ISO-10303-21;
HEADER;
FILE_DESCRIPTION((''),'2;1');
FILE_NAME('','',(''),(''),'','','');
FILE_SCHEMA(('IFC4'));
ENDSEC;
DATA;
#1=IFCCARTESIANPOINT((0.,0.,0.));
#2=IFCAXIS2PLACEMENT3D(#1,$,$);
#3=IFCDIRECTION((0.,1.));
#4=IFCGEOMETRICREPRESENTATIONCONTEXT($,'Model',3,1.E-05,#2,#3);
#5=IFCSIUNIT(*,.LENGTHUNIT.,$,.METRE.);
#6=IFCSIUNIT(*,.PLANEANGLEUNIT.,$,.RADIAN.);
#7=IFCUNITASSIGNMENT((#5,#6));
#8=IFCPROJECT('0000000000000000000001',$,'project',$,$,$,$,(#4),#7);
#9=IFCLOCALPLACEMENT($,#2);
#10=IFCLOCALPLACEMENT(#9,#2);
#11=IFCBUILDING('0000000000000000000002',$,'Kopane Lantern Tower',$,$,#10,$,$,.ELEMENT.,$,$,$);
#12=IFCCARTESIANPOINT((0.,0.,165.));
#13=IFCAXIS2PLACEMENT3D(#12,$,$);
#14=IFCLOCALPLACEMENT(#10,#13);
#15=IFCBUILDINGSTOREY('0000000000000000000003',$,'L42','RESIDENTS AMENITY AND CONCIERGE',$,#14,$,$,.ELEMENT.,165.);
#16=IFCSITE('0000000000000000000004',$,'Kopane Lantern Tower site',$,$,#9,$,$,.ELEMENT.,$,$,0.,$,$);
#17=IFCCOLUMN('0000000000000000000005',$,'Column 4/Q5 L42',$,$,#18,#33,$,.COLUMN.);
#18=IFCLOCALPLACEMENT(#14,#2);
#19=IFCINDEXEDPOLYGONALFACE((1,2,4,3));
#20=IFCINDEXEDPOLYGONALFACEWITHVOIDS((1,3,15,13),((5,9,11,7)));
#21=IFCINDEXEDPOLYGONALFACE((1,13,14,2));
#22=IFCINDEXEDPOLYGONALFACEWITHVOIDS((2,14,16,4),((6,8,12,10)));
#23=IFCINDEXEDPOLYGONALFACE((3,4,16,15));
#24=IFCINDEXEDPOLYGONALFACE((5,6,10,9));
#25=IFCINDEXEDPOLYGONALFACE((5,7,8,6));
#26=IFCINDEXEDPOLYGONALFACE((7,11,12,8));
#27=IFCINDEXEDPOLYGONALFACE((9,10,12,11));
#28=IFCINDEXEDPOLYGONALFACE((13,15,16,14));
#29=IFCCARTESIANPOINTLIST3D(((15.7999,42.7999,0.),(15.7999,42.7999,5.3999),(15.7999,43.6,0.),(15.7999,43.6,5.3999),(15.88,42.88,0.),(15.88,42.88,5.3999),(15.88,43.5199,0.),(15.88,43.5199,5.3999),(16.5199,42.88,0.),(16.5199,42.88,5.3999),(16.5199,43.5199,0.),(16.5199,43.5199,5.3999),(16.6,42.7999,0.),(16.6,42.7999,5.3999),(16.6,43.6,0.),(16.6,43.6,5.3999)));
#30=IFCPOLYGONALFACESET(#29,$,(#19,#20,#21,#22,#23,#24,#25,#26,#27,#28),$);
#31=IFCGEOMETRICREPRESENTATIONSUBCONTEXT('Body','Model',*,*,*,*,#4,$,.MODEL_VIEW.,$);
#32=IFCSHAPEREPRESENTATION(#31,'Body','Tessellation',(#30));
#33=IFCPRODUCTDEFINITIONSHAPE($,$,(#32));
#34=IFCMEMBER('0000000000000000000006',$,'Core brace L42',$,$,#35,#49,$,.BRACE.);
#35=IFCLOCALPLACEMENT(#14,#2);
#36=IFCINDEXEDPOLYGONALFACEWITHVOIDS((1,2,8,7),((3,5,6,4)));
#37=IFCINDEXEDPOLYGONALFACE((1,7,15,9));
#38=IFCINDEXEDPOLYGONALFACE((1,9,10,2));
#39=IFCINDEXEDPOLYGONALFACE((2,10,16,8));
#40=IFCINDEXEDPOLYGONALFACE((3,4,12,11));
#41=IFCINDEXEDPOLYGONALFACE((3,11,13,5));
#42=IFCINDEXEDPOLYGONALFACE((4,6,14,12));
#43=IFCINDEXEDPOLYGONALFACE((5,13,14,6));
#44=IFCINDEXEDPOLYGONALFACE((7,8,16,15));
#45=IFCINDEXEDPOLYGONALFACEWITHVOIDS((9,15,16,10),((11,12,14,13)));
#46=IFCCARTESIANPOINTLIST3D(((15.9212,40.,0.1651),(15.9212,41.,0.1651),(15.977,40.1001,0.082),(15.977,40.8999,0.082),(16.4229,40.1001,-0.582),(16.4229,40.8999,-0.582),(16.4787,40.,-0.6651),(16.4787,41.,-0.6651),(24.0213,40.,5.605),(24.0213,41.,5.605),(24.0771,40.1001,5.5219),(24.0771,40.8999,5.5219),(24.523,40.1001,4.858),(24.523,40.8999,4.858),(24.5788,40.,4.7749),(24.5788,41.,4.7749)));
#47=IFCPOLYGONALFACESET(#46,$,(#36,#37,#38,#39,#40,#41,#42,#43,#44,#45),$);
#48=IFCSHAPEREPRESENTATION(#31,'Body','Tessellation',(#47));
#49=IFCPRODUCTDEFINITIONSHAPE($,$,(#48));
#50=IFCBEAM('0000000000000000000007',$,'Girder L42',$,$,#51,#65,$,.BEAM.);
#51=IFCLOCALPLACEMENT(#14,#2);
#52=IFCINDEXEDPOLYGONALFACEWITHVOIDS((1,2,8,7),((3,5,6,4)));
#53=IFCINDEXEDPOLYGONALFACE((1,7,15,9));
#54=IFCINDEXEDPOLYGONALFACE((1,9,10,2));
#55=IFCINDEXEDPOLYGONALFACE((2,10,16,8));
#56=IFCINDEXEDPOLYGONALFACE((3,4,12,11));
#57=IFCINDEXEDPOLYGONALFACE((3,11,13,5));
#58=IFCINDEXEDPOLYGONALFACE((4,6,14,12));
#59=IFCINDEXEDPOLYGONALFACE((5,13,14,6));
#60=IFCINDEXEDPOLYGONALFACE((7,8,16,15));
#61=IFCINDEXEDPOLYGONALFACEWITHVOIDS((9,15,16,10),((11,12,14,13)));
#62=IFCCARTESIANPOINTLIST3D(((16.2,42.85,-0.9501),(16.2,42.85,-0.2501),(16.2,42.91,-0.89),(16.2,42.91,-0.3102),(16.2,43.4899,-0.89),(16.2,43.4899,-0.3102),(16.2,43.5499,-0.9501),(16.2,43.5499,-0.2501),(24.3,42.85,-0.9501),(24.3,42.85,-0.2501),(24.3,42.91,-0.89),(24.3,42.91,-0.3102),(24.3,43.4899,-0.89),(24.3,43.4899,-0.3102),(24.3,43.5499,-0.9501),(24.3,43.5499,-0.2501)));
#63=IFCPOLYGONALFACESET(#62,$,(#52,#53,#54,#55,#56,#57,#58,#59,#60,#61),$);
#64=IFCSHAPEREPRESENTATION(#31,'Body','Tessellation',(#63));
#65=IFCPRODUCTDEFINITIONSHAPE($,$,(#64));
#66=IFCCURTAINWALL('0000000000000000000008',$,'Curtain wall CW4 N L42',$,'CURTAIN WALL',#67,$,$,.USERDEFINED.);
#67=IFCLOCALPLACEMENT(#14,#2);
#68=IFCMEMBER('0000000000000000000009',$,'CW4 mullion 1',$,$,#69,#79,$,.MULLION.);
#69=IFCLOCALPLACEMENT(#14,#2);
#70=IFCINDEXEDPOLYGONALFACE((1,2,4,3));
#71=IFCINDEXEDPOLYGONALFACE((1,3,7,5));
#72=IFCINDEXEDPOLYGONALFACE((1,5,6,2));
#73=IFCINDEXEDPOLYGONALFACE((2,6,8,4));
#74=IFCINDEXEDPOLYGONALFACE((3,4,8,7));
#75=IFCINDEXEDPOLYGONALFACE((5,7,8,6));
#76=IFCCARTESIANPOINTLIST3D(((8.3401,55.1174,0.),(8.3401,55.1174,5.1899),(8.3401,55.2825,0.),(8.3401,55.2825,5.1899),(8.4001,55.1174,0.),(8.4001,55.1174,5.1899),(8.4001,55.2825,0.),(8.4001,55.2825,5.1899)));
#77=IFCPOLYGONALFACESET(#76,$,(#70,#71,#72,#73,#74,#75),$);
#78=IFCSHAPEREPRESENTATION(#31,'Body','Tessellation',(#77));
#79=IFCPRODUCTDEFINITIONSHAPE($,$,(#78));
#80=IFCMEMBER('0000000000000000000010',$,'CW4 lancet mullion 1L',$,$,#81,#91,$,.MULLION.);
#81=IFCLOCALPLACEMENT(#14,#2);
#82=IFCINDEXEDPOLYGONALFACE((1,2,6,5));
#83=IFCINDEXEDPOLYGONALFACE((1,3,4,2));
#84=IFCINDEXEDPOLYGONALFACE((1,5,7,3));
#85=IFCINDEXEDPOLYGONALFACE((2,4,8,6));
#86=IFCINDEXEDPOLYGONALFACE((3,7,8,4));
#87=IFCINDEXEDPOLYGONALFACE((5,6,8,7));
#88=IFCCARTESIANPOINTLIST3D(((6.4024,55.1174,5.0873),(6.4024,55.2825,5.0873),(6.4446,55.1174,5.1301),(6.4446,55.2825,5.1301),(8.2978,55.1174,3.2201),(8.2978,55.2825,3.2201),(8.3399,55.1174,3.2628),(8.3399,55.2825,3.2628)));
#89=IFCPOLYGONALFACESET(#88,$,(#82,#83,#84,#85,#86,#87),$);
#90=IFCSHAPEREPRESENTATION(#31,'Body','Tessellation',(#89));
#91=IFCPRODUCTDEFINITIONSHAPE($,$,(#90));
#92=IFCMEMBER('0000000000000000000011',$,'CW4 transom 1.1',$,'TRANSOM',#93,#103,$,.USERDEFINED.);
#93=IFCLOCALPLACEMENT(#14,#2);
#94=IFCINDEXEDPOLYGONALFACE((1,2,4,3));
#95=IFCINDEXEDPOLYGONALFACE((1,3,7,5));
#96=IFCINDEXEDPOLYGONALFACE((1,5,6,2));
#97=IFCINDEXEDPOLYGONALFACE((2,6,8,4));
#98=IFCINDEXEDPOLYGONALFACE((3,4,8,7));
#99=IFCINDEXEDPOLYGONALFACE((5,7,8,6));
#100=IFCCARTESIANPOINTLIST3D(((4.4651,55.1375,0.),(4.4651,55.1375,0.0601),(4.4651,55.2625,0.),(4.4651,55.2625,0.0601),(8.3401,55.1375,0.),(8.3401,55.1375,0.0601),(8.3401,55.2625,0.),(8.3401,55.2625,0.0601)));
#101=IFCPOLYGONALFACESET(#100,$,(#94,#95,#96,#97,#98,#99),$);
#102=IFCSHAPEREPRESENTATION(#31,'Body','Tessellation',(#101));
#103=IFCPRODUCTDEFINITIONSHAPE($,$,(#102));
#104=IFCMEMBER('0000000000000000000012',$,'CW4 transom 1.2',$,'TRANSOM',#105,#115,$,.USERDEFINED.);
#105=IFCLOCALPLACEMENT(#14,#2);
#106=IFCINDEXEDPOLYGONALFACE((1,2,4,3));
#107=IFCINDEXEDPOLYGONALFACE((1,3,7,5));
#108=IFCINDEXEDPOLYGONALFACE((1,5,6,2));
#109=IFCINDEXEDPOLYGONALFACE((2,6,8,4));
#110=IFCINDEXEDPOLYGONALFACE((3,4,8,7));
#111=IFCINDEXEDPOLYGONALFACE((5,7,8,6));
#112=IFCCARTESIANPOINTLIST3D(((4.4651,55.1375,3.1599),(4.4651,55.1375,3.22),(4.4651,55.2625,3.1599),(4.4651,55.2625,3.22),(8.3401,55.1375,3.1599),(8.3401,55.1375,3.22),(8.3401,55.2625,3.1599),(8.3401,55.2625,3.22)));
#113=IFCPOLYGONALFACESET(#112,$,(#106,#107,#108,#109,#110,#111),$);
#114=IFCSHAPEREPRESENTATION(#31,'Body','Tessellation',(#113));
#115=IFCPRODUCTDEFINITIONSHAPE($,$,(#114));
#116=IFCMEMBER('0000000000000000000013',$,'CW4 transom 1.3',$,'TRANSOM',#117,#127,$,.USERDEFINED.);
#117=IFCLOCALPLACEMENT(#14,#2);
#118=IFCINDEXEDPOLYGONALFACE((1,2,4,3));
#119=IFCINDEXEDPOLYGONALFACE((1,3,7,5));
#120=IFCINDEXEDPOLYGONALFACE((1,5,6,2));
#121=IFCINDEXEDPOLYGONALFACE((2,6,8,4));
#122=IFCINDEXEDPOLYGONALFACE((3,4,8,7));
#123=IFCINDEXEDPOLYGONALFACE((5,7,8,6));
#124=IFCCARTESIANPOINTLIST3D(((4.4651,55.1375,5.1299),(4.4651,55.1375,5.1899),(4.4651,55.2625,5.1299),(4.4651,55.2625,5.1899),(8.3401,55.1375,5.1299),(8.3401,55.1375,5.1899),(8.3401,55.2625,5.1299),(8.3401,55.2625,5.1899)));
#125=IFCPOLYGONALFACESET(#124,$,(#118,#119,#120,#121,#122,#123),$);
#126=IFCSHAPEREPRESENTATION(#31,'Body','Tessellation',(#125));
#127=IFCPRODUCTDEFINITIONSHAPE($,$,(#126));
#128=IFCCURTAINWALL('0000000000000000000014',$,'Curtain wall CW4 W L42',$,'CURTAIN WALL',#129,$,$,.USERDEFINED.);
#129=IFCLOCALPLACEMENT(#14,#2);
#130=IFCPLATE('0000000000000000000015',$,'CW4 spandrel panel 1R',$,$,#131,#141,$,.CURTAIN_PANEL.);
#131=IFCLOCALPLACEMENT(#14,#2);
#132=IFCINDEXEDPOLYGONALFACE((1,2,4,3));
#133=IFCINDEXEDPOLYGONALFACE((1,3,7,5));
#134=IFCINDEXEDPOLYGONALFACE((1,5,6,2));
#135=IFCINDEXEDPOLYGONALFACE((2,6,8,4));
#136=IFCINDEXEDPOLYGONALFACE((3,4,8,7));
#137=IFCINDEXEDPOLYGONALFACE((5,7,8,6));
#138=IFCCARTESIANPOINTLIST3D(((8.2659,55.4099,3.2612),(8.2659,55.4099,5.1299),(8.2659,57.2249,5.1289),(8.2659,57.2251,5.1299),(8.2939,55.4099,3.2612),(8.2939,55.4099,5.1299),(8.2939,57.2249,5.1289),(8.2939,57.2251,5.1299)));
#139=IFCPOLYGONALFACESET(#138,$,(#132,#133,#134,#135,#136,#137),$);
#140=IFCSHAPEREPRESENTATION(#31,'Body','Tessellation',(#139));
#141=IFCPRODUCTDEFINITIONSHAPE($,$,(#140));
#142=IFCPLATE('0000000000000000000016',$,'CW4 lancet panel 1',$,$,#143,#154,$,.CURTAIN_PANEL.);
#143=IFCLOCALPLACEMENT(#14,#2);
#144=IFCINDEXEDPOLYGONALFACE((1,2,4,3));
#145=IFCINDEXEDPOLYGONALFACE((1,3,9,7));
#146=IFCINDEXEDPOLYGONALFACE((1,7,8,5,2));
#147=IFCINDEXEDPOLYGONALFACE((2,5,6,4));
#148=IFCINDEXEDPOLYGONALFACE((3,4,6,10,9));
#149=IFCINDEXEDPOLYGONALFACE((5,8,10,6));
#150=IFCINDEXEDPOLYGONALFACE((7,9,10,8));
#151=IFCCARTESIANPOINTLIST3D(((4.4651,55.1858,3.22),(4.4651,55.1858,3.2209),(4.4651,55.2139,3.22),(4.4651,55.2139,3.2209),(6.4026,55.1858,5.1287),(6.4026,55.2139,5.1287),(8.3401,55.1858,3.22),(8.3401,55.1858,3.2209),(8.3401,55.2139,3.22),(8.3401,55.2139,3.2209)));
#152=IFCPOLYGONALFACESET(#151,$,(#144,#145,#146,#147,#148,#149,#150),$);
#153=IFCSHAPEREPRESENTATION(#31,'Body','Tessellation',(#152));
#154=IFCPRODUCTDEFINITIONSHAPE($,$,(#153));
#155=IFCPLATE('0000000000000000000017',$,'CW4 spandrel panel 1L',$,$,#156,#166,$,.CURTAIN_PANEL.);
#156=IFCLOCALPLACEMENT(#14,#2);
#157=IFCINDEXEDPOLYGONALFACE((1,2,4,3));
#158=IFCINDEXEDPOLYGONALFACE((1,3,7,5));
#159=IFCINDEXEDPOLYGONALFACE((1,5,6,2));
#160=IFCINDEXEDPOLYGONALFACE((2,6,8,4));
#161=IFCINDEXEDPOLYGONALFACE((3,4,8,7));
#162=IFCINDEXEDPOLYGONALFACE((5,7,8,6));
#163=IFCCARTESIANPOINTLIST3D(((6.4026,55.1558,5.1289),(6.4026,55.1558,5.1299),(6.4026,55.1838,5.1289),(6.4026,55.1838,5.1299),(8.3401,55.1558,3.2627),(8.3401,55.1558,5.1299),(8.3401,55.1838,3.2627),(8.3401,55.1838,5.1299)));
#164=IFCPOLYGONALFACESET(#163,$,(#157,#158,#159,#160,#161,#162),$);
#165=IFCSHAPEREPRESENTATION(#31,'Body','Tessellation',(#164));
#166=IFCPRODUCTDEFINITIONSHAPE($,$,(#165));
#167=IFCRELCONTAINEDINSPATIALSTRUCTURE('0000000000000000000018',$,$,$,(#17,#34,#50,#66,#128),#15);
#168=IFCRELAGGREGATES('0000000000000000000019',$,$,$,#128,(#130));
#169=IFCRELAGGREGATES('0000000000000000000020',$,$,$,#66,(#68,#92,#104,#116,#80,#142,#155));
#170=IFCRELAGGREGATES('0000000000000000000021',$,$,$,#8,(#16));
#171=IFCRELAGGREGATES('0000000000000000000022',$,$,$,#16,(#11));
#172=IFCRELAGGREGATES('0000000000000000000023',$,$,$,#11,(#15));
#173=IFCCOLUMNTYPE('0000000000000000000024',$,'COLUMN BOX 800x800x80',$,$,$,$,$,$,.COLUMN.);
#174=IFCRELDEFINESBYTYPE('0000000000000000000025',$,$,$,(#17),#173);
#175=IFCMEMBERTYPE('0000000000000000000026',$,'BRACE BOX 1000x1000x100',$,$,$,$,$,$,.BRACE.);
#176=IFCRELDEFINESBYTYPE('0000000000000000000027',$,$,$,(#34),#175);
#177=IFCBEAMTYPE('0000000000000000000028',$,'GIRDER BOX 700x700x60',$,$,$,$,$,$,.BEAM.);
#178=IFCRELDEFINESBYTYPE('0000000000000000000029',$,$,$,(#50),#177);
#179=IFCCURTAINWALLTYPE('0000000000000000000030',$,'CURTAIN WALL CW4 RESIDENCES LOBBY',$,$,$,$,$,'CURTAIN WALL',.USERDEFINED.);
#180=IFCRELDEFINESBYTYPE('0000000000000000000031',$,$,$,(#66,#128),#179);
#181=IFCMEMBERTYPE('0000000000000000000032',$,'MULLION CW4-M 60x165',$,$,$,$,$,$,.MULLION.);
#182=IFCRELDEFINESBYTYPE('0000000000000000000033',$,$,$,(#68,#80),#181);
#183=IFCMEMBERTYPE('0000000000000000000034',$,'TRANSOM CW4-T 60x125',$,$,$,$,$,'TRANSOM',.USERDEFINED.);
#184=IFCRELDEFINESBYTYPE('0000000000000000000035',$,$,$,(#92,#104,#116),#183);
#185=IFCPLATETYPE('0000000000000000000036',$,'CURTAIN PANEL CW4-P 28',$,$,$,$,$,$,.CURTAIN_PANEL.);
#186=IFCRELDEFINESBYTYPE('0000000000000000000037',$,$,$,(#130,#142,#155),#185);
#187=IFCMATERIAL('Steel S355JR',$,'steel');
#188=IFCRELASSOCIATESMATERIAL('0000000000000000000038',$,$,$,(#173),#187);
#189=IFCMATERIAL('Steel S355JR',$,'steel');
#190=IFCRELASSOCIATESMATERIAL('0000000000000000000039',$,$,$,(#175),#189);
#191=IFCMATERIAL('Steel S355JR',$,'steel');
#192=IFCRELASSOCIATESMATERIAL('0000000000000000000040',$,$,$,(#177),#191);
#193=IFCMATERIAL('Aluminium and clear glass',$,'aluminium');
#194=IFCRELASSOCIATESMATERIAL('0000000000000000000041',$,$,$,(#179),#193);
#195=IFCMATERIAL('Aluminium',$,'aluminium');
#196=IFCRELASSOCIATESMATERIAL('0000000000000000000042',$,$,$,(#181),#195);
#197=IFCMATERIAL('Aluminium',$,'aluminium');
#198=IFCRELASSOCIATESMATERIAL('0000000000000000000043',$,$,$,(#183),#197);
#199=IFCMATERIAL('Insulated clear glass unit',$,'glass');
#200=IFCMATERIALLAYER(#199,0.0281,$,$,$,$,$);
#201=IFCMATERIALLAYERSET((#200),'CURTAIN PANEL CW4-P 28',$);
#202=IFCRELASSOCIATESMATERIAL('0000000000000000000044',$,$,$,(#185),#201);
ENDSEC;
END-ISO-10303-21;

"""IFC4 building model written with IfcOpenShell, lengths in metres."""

from ifc_helpers import new_model, si_unit, direction, frame, origin, origin_2d, place, context, subcontext, project, spatial, polyline, rectangle, hollow_rectangle, outline, extrude, material, layer, layer_set, material_profile, profile_set, type_object, element, aggregate, save


model = new_model("IFC4")

# Units and contexts
model_context = context("Model", 3, precision=1e-05, world=origin(), true_north=direction((0.0, 1.0)))
body_context = subcontext(model_context, "Body", "Model", "MODEL_VIEW")
ifc_project = project(units=[si_unit("LENGTHUNIT", "METRE"), si_unit("PLANEANGLEUNIT", "RADIAN")], contexts=[model_context])

# Site, building, storey
site_placement = place(None, origin())
site = spatial("IfcSite", under=ifc_project, at=site_placement, Name="Kopane Lantern Tower site", CompositionType="ELEMENT", RefElevation=0.0)
building_placement = place(site_placement, origin())
building = spatial("IfcBuilding", under=site, at=building_placement, Name="Kopane Lantern Tower", CompositionType="ELEMENT")
storey_placement = place(building_placement, frame((0.0, 0.0, 165.0)))
storey = spatial("IfcBuildingStorey", under=building, at=storey_placement, Name="L42", Description="RESIDENTS AMENITY AND CONCIERGE", CompositionType="ELEMENT", Elevation=165.0)

# Column
ifc_material_1 = material(Name="Steel S355JR", Category="steel")
ifc_material_profile_1 = material_profile(ifc_material_1, hollow_rectangle(XDim=0.8, YDim=0.8, WallThickness=0.0801, at=origin_2d()), Name="BOX 800x800x80")
ifc_profile_set_1 = profile_set([ifc_material_profile_1], Name="Steel S355JR")
column_type = type_object("IfcColumnType", Name="COLUMN BOX 800x800x80", PredefinedType="COLUMN", material=ifc_profile_set_1)
column_placement = place(storey_placement, frame((16.2, 43.2, 0.0), z_axis=(0.0, 0.0, 1.0), x_axis=(1.0, 0.0, 0.0)))
element("IfcColumn", 1, at=column_placement, inside=storey, type_object=column_type, Name="Column 4/Q5 L42", PredefinedType="COLUMN", context=body_context, shape_type="SweptSolid", body=[
    extrude(hollow_rectangle(XDim=0.8, YDim=0.8, WallThickness=0.0801, at=origin_2d()), origin(), (0.0, 0.0, 1.0), 5.3999),
])

# Member
ifc_material_2 = material(Name="Steel S355JR", Category="steel")
ifc_material_profile_2 = material_profile(ifc_material_2, hollow_rectangle(XDim=1.0, YDim=1.0, WallThickness=0.1001, at=origin_2d()), Name="BOX 1000x1000x100")
ifc_profile_set_2 = profile_set([ifc_material_profile_2], Name="Steel S355JR")
member_type_1 = type_object("IfcMemberType", Name="BRACE BOX 1000x1000x100", PredefinedType="BRACE", material=ifc_profile_set_2)
member_1_placement = place(storey_placement, frame((16.2, 40.5, -0.25), z_axis=(0.830159, 0.0, 0.557526), x_axis=(0.0, 1.0, 0.0)))
element("IfcMember", 2, at=member_1_placement, inside=storey, type_object=member_type_1, Name="Core brace L42", PredefinedType="BRACE", context=body_context, shape_type="SweptSolid", body=[
    extrude(hollow_rectangle(XDim=1.0, YDim=1.0, WallThickness=0.1001, at=origin_2d()), origin(), (0.0, 0.0, 1.0), 9.7573),
])

# Beam
ifc_material_3 = material(Name="Steel S355JR", Category="steel")
ifc_material_profile_3 = material_profile(ifc_material_3, hollow_rectangle(XDim=0.7, YDim=0.7, WallThickness=0.0601, at=origin_2d()), Name="BOX 700x700x60")
ifc_profile_set_3 = profile_set([ifc_material_profile_3], Name="Steel S355JR")
beam_type = type_object("IfcBeamType", Name="GIRDER BOX 700x700x60", PredefinedType="BEAM", material=ifc_profile_set_3)
beam_placement = place(storey_placement, frame((16.2, 43.2, -0.6001), z_axis=(1.0, 0.0, 0.0), x_axis=(0.0, 1.0, 0.0)))
element("IfcBeam", 3, at=beam_placement, inside=storey, type_object=beam_type, Name="Girder L42", PredefinedType="BEAM", context=body_context, shape_type="SweptSolid", body=[
    extrude(hollow_rectangle(XDim=0.7, YDim=0.7, WallThickness=0.0601, at=origin_2d()), origin(), (0.0, 0.0, 1.0), 8.1001),
])

# Curtain wall, members
ifc_material_4 = material(Name="Aluminium and clear glass", Category="aluminium")
curtain_wall_type = type_object("IfcCurtainWallType", Name="CURTAIN WALL CW4 RESIDENCES LOBBY", ElementType="CURTAIN WALL", PredefinedType="USERDEFINED", material=ifc_material_4)
curtain_wall_1_placement = place(storey_placement, origin())
curtain_wall_1 = element("IfcCurtainWall", 4, at=curtain_wall_1_placement, inside=storey, type_object=curtain_wall_type, Name="Curtain wall CW4 N L42", ObjectType="CURTAIN WALL", PredefinedType="USERDEFINED")
ifc_material_5 = material(Name="Aluminium", Category="aluminium")
ifc_material_profile_4 = material_profile(ifc_material_5, rectangle(XDim=0.0601, YDim=0.165, at=origin_2d()), Name="AL 60x165")
ifc_profile_set_4 = profile_set([ifc_material_profile_4], Name="Aluminium")
member_type_2 = type_object("IfcMemberType", Name="MULLION CW4-M 60x165", PredefinedType="MULLION", material=ifc_profile_set_4)
member_2_placement = place(storey_placement, frame((8.3701, 55.2, 0.0), z_axis=(0.0, 0.0, 1.0), x_axis=(-1.0, 0.0, 0.0)))
member_2 = element("IfcMember", 5, at=member_2_placement, type_object=member_type_2, Name="CW4 mullion 1", PredefinedType="MULLION", context=body_context, shape_type="SweptSolid", body=[
    extrude(rectangle(XDim=0.0601, YDim=0.165, at=origin_2d()), origin(), (0.0, 0.0, 1.0), 5.1899),
])
member_3_placement = place(storey_placement, frame((8.3188, 55.2, 3.2415), z_axis=(-0.712364, 0.0, 0.701811), x_axis=(0.701811, 0.0, 0.712364)))
member_3 = element("IfcMember", 6, at=member_3_placement, type_object=member_type_2, Name="CW4 lancet mullion 1L", PredefinedType="MULLION", context=body_context, shape_type="SweptSolid", body=[
    extrude(rectangle(XDim=0.0601, YDim=0.165, at=origin_2d()), origin(), (0.0, 0.0, 1.0), 2.6606),
])
ifc_material_6 = material(Name="Aluminium", Category="aluminium")
ifc_material_profile_5 = material_profile(ifc_material_6, rectangle(XDim=0.125, YDim=0.0601, at=origin_2d()), Name="AL 125x60")
ifc_profile_set_5 = profile_set([ifc_material_profile_5], Name="Aluminium")
member_type_3 = type_object("IfcMemberType", Name="TRANSOM CW4-T 60x125", ElementType="TRANSOM", PredefinedType="USERDEFINED", material=ifc_profile_set_5)
member_4_placement = place(storey_placement, frame((8.3401, 55.2, 0.03), z_axis=(-1.0, 0.0, 0.0), x_axis=(0.0, -1.0, 0.0)))
member_4 = element("IfcMember", 7, at=member_4_placement, type_object=member_type_3, Name="CW4 transom 1.1", ObjectType="TRANSOM", PredefinedType="USERDEFINED", context=body_context, shape_type="SweptSolid", body=[
    extrude(rectangle(XDim=0.125, YDim=0.0601, at=origin_2d()), origin(), (0.0, 0.0, 1.0), 3.875),
])
member_5_placement = place(storey_placement, frame((8.3401, 55.2, 3.1899), z_axis=(-1.0, 0.0, 0.0), x_axis=(0.0, -1.0, 0.0)))
member_5 = element("IfcMember", 8, at=member_5_placement, type_object=member_type_3, Name="CW4 transom 1.2", ObjectType="TRANSOM", PredefinedType="USERDEFINED", context=body_context, shape_type="SweptSolid", body=[
    extrude(rectangle(XDim=0.125, YDim=0.0601, at=origin_2d()), origin(), (0.0, 0.0, 1.0), 3.875),
])
member_6_placement = place(storey_placement, frame((8.3401, 55.2, 5.1599), z_axis=(-1.0, 0.0, 0.0), x_axis=(0.0, -1.0, 0.0)))
member_6 = element("IfcMember", 9, at=member_6_placement, type_object=member_type_3, Name="CW4 transom 1.3", ObjectType="TRANSOM", PredefinedType="USERDEFINED", context=body_context, shape_type="SweptSolid", body=[
    extrude(rectangle(XDim=0.125, YDim=0.0601, at=origin_2d()), origin(), (0.0, 0.0, 1.0), 3.875),
])

# Curtain wall, plate
curtain_wall_2_placement = place(storey_placement, origin())
curtain_wall_2 = element("IfcCurtainWall", 10, at=curtain_wall_2_placement, inside=storey, type_object=curtain_wall_type, Name="Curtain wall CW4 W L42", ObjectType="CURTAIN WALL", PredefinedType="USERDEFINED")
ifc_material_7 = material(Name="Insulated clear glass unit", Category="glass")
ifc_layer_1 = layer(ifc_material_7, 0.0281)
ifc_layer_set_1 = layer_set([ifc_layer_1], Name="CURTAIN PANEL CW4-P 28")
plate_type = type_object("IfcPlateType", Name="CURTAIN PANEL CW4-P 28", PredefinedType="CURTAIN_PANEL", material=ifc_layer_set_1)
plate_1_placement = place(storey_placement, frame((8.28, 55.4099, 5.1299), z_axis=(0.0, 0.0, 1.0), x_axis=(0.0, 1.0, 0.0)))
plate_1 = element("IfcPlate", 11, at=plate_1_placement, type_object=plate_type, Name="CW4 spandrel panel 1R", PredefinedType="CURTAIN_PANEL", context=body_context, shape_type="SweptSolid", body=[
    extrude(outline(polyline([(0.0, 0.0), (1.8152, 0.0), (1.8149, -0.001), (0.0, -1.8687), (0.0, 0.0)])), frame((0.0, 0.0142, 0.0), z_axis=(0.0, -1.0, 0.0), x_axis=(1.0, 0.0, 0.0)), (0.0, 0.0, 1.0), 0.0281),
])
aggregate(curtain_wall_2, [plate_1])

# Plates
plate_2_placement = place(storey_placement, frame((8.3401, 55.2, 3.22), z_axis=(0.0, 0.0, 1.0), x_axis=(-1.0, 0.0, 0.0)))
plate_2 = element("IfcPlate", 12, at=plate_2_placement, type_object=plate_type, Name="CW4 lancet panel 1", PredefinedType="CURTAIN_PANEL", context=body_context, shape_type="SweptSolid", body=[
    extrude(outline(polyline([(0.0, 0.0), (3.875, 0.0), (3.875, 0.001), (1.9375, 1.9087), (0.0, 0.001), (0.0, 0.0)])), frame((0.0, 0.0142, 0.0), z_axis=(0.0, -1.0, 0.0), x_axis=(1.0, 0.0, 0.0)), (0.0, 0.0, 1.0), 0.0281),
])
plate_3_placement = place(storey_placement, frame((8.3401, 55.1699, 5.1299), z_axis=(0.0, 0.0, 1.0), x_axis=(-1.0, 0.0, 0.0)))
plate_3 = element("IfcPlate", 13, at=plate_3_placement, type_object=plate_type, Name="CW4 spandrel panel 1L", PredefinedType="CURTAIN_PANEL", context=body_context, shape_type="SweptSolid", body=[
    extrude(outline(polyline([(0.0, 0.0), (1.9375, 0.0), (1.9375, -0.001), (0.0, -1.8672), (0.0, 0.0)])), frame((0.0, 0.0142, 0.0), z_axis=(0.0, -1.0, 0.0), x_axis=(1.0, 0.0, 0.0)), (0.0, 0.0, 1.0), 0.0281),
])
aggregate(curtain_wall_1, [member_2, member_4, member_5, member_6, member_3, plate_2, plate_3])

save(model, "model.ifc")
